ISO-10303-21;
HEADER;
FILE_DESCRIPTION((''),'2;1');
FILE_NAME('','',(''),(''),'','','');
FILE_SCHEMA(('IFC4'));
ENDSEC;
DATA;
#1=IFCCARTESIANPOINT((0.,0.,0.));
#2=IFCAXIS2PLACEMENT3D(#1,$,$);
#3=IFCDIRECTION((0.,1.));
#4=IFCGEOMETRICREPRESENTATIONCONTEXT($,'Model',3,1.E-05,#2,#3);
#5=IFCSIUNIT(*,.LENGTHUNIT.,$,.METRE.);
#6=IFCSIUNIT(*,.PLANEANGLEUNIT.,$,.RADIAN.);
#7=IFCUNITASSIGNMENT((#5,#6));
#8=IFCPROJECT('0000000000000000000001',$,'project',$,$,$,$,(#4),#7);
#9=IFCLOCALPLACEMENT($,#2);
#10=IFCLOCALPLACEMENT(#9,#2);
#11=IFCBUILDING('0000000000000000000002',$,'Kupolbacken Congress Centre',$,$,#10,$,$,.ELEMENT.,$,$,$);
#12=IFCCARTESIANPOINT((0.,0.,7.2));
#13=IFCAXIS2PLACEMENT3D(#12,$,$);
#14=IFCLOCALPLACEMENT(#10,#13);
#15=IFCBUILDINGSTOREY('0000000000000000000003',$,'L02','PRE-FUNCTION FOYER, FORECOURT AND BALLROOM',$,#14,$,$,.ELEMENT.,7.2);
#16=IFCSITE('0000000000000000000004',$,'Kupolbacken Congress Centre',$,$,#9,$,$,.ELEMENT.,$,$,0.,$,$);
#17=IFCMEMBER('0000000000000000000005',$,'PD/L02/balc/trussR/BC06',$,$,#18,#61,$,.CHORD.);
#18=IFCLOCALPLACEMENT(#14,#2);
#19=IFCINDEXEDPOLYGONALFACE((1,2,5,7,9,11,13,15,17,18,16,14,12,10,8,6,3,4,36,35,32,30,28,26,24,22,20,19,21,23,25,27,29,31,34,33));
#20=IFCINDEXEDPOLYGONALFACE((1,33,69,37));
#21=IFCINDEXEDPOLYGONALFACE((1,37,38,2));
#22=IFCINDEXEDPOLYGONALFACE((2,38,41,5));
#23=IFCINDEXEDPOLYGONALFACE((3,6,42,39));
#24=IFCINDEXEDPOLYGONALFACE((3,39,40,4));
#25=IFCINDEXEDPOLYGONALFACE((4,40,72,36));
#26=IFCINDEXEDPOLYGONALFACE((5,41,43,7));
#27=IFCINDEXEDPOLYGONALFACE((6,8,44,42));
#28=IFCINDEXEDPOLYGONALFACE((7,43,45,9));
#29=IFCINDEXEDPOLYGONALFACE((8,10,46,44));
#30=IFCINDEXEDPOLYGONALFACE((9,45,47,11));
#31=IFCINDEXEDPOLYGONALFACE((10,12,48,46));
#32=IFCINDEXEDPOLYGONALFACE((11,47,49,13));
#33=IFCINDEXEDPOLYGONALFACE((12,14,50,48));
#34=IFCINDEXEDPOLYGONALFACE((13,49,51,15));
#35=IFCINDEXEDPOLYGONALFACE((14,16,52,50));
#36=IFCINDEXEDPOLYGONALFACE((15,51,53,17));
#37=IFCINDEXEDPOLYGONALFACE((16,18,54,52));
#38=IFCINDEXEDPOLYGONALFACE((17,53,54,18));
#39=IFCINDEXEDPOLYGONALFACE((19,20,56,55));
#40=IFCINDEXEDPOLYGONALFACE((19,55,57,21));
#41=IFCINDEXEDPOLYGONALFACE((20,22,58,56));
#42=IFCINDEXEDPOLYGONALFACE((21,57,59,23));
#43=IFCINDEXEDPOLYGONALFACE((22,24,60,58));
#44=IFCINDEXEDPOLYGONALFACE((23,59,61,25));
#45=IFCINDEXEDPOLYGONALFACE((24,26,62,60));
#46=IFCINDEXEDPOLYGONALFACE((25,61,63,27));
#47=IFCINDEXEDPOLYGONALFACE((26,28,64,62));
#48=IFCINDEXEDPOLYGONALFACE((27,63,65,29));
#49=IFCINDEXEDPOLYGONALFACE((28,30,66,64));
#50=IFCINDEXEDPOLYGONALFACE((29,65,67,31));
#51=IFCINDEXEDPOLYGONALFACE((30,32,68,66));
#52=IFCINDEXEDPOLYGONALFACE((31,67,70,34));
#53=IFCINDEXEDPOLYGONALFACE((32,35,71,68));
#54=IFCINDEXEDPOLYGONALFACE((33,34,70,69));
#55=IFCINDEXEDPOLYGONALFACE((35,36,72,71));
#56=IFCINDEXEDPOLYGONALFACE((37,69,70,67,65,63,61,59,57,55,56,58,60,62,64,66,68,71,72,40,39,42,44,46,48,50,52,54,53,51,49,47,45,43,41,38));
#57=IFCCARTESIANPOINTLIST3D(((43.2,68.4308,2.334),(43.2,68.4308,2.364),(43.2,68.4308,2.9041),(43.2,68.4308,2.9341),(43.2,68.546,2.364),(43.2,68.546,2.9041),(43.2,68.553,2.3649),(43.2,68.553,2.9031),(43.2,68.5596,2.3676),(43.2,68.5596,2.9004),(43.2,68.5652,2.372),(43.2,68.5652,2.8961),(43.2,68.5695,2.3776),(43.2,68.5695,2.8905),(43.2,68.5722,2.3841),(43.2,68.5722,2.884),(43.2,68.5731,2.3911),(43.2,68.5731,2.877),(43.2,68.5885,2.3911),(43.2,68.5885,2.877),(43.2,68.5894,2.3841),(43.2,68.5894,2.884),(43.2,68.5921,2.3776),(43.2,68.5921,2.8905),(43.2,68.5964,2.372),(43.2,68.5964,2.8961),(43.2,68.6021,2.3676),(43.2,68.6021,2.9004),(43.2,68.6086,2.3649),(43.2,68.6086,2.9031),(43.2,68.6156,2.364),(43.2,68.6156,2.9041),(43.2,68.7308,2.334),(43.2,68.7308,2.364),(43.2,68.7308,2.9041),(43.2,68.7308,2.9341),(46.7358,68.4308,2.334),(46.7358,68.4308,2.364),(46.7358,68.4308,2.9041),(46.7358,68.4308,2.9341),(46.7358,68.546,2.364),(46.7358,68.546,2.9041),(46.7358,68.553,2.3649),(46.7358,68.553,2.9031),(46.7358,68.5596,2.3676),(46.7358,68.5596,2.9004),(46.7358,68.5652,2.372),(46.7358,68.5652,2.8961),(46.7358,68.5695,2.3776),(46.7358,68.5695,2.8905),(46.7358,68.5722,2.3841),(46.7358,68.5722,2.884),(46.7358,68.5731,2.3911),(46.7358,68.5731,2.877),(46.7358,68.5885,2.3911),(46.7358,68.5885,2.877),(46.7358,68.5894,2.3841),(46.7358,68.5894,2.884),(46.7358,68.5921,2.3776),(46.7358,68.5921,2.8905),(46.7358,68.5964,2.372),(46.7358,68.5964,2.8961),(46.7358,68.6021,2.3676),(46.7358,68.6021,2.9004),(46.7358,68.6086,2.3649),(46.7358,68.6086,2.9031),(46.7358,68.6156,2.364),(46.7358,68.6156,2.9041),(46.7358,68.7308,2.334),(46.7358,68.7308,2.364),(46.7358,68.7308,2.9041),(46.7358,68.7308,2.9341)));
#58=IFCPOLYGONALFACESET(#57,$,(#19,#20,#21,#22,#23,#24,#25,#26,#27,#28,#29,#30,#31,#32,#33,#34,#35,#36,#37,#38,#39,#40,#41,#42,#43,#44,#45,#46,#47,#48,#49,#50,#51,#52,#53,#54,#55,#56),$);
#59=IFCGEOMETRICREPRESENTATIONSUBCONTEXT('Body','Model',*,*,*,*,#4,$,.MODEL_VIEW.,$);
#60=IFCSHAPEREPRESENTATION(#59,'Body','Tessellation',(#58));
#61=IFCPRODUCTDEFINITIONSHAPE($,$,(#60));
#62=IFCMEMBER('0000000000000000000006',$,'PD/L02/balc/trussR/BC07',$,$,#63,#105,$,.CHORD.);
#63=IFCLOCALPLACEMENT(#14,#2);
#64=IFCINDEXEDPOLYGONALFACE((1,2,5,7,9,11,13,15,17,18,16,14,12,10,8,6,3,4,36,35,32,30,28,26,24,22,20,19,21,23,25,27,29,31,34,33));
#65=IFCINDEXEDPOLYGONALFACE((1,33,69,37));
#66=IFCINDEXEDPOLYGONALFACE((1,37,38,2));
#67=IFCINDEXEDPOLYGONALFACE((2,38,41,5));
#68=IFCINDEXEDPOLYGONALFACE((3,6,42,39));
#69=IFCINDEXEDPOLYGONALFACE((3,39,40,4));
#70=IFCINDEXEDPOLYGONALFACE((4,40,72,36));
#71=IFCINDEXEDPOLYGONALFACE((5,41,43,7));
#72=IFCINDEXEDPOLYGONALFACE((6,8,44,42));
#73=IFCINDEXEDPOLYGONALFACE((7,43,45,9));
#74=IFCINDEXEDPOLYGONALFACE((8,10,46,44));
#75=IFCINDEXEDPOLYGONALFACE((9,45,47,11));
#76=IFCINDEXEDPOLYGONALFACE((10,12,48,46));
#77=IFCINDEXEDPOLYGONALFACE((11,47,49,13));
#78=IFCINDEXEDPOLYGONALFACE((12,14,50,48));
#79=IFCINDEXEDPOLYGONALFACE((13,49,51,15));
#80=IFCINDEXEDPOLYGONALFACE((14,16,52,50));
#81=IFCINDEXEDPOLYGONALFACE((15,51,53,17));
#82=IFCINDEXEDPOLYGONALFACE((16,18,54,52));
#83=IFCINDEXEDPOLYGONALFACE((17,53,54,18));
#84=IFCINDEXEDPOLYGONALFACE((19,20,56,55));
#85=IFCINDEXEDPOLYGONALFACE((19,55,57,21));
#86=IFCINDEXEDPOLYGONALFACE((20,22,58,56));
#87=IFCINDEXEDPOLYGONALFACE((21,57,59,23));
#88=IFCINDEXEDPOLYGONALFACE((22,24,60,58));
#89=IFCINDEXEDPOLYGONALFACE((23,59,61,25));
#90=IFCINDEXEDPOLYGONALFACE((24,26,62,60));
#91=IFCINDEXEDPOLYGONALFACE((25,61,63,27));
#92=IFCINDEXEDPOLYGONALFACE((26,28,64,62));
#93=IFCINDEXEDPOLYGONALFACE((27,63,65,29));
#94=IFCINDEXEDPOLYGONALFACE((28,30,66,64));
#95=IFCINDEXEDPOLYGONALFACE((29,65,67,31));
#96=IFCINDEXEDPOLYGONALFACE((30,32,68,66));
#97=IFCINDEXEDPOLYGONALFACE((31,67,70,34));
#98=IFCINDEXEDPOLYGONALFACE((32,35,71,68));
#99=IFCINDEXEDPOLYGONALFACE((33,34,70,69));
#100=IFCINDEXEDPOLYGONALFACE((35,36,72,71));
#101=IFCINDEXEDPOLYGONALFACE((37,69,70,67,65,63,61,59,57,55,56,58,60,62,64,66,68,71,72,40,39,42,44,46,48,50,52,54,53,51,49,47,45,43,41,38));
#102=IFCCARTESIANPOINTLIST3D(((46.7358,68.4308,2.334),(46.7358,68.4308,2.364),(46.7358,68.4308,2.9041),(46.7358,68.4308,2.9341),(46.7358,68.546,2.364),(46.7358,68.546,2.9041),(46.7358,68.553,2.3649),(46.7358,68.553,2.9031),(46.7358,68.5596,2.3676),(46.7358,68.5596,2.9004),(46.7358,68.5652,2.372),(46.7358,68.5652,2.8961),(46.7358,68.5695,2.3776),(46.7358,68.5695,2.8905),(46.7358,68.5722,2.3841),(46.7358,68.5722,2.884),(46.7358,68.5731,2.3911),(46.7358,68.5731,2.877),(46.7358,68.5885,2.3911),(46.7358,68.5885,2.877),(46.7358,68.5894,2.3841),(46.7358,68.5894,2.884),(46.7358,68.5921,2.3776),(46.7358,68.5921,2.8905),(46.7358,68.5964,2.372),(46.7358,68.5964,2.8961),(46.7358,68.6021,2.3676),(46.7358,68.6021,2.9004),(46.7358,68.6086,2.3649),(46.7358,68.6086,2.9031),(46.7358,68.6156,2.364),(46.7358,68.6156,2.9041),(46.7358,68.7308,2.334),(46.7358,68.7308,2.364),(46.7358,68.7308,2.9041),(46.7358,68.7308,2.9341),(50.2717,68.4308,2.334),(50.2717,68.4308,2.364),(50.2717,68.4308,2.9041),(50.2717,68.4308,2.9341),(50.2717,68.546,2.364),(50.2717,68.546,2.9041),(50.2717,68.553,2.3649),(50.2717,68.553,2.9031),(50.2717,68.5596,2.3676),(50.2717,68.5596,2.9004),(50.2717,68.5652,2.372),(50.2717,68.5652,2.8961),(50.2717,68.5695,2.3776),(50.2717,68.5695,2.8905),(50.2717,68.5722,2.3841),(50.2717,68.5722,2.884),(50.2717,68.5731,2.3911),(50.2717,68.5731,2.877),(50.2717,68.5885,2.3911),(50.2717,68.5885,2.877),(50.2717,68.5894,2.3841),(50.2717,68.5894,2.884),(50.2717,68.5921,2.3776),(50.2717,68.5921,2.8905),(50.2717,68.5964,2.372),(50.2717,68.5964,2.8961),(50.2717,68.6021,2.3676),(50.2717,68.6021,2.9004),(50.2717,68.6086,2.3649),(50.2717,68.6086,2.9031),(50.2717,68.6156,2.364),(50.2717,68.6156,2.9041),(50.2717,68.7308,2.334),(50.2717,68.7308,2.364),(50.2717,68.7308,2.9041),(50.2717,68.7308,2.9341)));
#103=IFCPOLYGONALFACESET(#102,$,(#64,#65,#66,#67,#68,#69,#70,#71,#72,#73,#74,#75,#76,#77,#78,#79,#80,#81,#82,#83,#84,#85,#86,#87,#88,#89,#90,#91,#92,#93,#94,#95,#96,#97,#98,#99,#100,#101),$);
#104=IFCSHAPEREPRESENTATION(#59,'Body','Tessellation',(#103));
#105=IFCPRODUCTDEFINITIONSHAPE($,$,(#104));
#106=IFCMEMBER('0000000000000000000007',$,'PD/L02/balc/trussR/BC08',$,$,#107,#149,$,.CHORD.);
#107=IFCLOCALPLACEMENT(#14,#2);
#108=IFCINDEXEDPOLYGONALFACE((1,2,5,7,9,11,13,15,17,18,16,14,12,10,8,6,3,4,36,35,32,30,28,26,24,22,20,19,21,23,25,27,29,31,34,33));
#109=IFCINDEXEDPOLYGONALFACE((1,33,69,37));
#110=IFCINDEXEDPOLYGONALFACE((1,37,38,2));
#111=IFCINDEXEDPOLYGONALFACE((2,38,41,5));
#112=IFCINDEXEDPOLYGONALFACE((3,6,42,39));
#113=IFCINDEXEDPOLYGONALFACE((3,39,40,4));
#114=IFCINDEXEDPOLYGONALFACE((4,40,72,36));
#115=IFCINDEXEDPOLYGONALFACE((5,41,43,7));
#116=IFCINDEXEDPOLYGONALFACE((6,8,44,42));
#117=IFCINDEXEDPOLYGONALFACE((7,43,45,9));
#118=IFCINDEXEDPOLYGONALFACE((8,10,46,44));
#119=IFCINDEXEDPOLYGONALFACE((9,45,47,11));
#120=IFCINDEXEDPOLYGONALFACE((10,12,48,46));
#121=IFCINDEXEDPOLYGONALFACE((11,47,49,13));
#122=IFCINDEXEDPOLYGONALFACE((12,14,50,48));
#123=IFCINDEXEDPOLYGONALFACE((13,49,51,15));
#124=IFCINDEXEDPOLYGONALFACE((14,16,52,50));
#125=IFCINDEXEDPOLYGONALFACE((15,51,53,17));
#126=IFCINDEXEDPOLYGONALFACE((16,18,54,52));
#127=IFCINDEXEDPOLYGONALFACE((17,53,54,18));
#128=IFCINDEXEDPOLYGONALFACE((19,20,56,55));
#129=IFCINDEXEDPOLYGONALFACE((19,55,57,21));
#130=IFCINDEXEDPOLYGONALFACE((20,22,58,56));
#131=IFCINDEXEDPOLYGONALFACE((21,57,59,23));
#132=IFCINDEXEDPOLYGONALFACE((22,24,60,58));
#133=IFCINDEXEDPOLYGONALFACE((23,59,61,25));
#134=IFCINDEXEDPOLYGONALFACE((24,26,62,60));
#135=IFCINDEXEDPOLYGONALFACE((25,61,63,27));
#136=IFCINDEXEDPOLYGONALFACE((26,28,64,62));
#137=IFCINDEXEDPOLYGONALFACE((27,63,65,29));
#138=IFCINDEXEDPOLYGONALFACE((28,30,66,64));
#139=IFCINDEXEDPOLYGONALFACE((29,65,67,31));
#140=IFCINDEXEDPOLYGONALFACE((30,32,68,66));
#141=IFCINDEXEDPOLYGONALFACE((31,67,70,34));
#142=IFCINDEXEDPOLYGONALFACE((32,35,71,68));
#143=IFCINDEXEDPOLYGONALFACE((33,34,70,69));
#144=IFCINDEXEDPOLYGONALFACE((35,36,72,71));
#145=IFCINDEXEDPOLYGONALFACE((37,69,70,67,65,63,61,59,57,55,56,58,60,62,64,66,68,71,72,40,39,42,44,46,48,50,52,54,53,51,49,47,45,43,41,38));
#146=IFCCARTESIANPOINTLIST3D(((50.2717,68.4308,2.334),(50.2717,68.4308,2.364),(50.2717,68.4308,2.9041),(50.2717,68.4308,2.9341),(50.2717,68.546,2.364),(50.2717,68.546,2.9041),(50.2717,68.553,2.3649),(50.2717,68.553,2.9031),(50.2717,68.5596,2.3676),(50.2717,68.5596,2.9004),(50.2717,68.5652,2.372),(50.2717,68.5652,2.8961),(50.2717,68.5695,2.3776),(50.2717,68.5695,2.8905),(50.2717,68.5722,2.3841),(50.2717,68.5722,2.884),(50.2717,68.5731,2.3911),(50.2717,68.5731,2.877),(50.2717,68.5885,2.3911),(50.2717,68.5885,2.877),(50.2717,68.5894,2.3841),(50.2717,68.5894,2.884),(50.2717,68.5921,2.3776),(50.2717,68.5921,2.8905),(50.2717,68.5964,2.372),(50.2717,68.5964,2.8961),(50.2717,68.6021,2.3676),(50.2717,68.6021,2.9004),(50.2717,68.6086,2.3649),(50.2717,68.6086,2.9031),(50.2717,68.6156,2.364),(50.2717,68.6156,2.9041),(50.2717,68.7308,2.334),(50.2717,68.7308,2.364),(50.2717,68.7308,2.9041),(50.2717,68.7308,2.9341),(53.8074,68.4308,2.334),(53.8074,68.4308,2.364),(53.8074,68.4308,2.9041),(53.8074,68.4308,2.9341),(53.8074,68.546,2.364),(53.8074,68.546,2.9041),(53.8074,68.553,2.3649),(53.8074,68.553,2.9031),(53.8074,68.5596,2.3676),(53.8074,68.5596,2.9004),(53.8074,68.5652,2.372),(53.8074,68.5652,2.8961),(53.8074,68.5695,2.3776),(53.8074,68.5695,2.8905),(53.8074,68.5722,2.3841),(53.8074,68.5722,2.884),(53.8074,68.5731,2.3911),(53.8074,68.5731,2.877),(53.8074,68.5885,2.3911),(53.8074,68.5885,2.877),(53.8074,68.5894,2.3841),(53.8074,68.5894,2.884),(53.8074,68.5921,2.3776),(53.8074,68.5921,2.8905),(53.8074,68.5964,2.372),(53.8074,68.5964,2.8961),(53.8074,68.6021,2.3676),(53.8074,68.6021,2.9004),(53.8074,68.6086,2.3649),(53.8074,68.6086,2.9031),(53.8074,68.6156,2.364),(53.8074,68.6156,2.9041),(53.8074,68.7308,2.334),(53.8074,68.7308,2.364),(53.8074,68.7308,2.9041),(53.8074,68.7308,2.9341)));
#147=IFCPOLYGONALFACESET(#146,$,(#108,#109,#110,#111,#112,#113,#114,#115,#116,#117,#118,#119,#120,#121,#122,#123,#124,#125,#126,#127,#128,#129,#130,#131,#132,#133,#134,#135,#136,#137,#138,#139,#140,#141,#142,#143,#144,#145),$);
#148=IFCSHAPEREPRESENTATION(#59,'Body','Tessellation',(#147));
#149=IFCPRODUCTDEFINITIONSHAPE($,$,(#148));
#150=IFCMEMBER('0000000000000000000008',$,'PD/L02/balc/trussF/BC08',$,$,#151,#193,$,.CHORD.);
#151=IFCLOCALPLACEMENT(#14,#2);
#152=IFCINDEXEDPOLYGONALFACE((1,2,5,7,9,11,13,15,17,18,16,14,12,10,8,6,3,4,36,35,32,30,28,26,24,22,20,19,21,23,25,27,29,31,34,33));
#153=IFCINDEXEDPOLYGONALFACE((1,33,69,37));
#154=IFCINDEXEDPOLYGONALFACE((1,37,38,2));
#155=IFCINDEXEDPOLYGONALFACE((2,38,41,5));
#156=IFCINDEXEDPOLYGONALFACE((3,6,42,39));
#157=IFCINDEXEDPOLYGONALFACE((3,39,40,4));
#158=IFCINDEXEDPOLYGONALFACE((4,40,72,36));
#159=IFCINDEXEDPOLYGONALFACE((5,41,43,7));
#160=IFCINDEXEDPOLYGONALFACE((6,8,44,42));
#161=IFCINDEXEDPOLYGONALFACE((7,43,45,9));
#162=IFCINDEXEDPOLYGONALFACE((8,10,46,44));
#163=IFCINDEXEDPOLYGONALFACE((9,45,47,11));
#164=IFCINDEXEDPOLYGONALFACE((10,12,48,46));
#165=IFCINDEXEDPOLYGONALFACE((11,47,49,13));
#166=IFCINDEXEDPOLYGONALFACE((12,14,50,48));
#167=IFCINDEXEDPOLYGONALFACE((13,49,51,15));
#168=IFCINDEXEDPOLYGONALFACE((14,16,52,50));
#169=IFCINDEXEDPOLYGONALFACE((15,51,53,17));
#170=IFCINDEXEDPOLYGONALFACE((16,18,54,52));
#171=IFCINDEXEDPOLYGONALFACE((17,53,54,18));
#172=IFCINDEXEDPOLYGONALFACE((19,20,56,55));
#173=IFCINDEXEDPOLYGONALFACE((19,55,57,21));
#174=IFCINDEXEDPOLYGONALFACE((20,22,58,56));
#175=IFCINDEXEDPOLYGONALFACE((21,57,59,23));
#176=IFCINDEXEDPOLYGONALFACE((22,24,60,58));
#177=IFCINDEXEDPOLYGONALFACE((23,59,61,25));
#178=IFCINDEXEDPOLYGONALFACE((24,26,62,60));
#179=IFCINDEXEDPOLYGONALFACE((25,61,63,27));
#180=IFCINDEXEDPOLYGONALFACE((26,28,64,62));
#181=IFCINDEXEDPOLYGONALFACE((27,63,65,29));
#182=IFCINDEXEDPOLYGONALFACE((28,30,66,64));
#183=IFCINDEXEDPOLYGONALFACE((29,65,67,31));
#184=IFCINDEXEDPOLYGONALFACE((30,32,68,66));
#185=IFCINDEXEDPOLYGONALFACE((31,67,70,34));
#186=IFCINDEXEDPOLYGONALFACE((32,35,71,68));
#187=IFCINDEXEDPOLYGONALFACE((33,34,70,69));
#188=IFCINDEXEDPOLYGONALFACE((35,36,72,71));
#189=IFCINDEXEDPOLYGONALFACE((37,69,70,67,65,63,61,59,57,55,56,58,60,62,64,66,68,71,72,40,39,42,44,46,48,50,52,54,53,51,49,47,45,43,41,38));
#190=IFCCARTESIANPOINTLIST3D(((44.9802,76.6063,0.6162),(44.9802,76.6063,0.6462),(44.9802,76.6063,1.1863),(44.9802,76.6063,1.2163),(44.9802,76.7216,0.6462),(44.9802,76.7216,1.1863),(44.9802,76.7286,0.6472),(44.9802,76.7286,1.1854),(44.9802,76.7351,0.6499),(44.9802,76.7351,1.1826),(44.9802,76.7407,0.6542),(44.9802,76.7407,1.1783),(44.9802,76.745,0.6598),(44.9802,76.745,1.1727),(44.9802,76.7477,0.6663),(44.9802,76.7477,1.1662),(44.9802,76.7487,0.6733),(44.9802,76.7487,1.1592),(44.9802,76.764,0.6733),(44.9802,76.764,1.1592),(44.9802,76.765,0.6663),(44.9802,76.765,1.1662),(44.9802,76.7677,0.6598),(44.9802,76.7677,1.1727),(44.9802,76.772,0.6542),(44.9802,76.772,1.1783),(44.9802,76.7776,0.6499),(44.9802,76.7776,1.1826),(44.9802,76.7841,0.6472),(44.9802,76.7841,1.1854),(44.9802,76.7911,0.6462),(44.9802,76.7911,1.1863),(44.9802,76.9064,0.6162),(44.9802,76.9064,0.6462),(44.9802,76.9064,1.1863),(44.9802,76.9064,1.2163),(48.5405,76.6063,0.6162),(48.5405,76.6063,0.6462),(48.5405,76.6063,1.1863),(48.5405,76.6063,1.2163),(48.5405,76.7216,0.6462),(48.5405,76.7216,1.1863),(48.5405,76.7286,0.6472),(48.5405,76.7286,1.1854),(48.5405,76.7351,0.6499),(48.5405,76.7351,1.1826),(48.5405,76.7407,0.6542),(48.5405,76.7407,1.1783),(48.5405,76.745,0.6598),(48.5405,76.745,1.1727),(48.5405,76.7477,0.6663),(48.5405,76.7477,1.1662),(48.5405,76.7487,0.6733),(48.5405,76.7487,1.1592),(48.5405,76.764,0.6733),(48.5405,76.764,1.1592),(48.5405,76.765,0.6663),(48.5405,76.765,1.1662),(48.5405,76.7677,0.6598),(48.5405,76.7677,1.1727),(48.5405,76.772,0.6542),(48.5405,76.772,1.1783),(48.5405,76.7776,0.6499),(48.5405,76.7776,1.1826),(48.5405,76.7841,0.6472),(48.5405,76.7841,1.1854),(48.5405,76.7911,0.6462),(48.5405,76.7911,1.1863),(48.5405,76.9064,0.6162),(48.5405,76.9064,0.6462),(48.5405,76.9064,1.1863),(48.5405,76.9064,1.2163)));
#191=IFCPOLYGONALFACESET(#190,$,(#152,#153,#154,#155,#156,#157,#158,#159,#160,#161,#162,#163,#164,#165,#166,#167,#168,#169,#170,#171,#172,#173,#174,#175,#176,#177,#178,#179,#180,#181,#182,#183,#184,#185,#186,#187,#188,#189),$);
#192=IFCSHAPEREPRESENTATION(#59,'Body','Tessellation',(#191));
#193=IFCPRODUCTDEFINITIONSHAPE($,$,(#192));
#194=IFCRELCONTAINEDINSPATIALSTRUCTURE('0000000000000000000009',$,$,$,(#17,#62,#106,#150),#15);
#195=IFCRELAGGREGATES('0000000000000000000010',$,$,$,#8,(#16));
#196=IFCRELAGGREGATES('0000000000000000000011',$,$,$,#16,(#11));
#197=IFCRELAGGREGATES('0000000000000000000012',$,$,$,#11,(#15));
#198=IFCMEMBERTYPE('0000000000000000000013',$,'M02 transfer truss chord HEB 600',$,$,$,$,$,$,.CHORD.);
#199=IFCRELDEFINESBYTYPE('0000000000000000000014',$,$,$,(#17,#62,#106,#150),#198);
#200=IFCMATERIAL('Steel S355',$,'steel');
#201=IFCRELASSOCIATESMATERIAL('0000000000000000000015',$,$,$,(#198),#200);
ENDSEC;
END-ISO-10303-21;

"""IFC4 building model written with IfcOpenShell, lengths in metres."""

from ifc_helpers import new_model, si_unit, direction, frame, origin, origin_2d, place, context, subcontext, project, spatial, i_section, extrude, material, material_profile, profile_set, type_object, element, save


model = new_model("IFC4")

# Units and contexts
model_context = context("Model", 3, precision=1e-05, world=origin(), true_north=direction((0.0, 1.0)))
body_context = subcontext(model_context, "Body", "Model", "MODEL_VIEW")
ifc_project = project(units=[si_unit("LENGTHUNIT", "METRE"), si_unit("PLANEANGLEUNIT", "RADIAN")], contexts=[model_context])

# Site, building, storey
site_placement = place(None, origin())
site = spatial("IfcSite", under=ifc_project, at=site_placement, Name="Kupolbacken Congress Centre", CompositionType="ELEMENT", RefElevation=0.0)
building_placement = place(site_placement, origin())
building = spatial("IfcBuilding", under=site, at=building_placement, Name="Kupolbacken Congress Centre", CompositionType="ELEMENT")
storey_placement = place(building_placement, frame((0.0, 0.0, 7.2)))
storey = spatial("IfcBuildingStorey", under=building, at=storey_placement, Name="L02", Description="PRE-FUNCTION FOYER, FORECOURT AND BALLROOM", CompositionType="ELEMENT", Elevation=7.2)

# Members
ifc_material_1 = material(Name="Steel S355", Category="steel")
ifc_material_profile_1 = material_profile(ifc_material_1, i_section(OverallWidth=0.3, OverallDepth=0.6001, WebThickness=0.0154, FlangeThickness=0.03, FilletRadius=0.0271, at=origin_2d()), Name="HEB 600")
ifc_profile_set_1 = profile_set([ifc_material_profile_1], Name="Steel S355")
member_type_1 = type_object("IfcMemberType", Name="M02 transfer truss chord HEB 600", PredefinedType="CHORD", material=ifc_profile_set_1)
for number, where, z_axis, x_axis, name in (
    (1, (43.2, 68.5808, 2.634), (1.0, 0.0, 0.0), (0.0, 1.0, 0.0), "PD/L02/balc/trussR/BC06"),
    (2, (46.7358, 68.5808, 2.634), (1.0, 0.0, 0.0), (0.0, 1.0, 0.0), "PD/L02/balc/trussR/BC07"),
):
    element("IfcMember", number, at=place(storey_placement, frame(where, z_axis=z_axis, x_axis=x_axis)), inside=storey, type_object=member_type_1, Name=name, PredefinedType="CHORD", context=body_context, shape_type="SweptSolid", body=[
        extrude(i_section(OverallWidth=0.3, OverallDepth=0.6001, WebThickness=0.0154, FlangeThickness=0.03, FilletRadius=0.0271, at=origin_2d()), origin(), (0.0, 0.0, 1.0), 3.5359),
    ])
member_1_placement = place(storey_placement, frame((50.2717, 68.5808, 2.634), z_axis=(1.0, 0.0, 0.0), x_axis=(0.0, 1.0, 0.0)))
element("IfcMember", 3, at=member_1_placement, inside=storey, type_object=member_type_1, Name="PD/L02/balc/trussR/BC08", PredefinedType="CHORD", context=body_context, shape_type="SweptSolid", body=[
    extrude(i_section(OverallWidth=0.3, OverallDepth=0.6001, WebThickness=0.0154, FlangeThickness=0.03, FilletRadius=0.0271, at=origin_2d()), origin(), (0.0, 0.0, 1.0), 3.5356),
])
for number, where, z_axis, x_axis, name in (
    (4, (44.9802, 76.7563, 0.9163), (1.0, 0.0, 0.0), (0.0, 1.0, 0.0), "PD/L02/balc/trussF/BC08"),
):
    element("IfcMember", number, at=place(storey_placement, frame(where, z_axis=z_axis, x_axis=x_axis)), inside=storey, type_object=member_type_1, Name=name, PredefinedType="CHORD", context=body_context, shape_type="SweptSolid", body=[
        extrude(i_section(OverallWidth=0.3, OverallDepth=0.6001, WebThickness=0.0154, FlangeThickness=0.03, FilletRadius=0.0271, at=origin_2d()), origin(), (0.0, 0.0, 1.0), 3.5603),
    ])

save(model, "model.ifc")
